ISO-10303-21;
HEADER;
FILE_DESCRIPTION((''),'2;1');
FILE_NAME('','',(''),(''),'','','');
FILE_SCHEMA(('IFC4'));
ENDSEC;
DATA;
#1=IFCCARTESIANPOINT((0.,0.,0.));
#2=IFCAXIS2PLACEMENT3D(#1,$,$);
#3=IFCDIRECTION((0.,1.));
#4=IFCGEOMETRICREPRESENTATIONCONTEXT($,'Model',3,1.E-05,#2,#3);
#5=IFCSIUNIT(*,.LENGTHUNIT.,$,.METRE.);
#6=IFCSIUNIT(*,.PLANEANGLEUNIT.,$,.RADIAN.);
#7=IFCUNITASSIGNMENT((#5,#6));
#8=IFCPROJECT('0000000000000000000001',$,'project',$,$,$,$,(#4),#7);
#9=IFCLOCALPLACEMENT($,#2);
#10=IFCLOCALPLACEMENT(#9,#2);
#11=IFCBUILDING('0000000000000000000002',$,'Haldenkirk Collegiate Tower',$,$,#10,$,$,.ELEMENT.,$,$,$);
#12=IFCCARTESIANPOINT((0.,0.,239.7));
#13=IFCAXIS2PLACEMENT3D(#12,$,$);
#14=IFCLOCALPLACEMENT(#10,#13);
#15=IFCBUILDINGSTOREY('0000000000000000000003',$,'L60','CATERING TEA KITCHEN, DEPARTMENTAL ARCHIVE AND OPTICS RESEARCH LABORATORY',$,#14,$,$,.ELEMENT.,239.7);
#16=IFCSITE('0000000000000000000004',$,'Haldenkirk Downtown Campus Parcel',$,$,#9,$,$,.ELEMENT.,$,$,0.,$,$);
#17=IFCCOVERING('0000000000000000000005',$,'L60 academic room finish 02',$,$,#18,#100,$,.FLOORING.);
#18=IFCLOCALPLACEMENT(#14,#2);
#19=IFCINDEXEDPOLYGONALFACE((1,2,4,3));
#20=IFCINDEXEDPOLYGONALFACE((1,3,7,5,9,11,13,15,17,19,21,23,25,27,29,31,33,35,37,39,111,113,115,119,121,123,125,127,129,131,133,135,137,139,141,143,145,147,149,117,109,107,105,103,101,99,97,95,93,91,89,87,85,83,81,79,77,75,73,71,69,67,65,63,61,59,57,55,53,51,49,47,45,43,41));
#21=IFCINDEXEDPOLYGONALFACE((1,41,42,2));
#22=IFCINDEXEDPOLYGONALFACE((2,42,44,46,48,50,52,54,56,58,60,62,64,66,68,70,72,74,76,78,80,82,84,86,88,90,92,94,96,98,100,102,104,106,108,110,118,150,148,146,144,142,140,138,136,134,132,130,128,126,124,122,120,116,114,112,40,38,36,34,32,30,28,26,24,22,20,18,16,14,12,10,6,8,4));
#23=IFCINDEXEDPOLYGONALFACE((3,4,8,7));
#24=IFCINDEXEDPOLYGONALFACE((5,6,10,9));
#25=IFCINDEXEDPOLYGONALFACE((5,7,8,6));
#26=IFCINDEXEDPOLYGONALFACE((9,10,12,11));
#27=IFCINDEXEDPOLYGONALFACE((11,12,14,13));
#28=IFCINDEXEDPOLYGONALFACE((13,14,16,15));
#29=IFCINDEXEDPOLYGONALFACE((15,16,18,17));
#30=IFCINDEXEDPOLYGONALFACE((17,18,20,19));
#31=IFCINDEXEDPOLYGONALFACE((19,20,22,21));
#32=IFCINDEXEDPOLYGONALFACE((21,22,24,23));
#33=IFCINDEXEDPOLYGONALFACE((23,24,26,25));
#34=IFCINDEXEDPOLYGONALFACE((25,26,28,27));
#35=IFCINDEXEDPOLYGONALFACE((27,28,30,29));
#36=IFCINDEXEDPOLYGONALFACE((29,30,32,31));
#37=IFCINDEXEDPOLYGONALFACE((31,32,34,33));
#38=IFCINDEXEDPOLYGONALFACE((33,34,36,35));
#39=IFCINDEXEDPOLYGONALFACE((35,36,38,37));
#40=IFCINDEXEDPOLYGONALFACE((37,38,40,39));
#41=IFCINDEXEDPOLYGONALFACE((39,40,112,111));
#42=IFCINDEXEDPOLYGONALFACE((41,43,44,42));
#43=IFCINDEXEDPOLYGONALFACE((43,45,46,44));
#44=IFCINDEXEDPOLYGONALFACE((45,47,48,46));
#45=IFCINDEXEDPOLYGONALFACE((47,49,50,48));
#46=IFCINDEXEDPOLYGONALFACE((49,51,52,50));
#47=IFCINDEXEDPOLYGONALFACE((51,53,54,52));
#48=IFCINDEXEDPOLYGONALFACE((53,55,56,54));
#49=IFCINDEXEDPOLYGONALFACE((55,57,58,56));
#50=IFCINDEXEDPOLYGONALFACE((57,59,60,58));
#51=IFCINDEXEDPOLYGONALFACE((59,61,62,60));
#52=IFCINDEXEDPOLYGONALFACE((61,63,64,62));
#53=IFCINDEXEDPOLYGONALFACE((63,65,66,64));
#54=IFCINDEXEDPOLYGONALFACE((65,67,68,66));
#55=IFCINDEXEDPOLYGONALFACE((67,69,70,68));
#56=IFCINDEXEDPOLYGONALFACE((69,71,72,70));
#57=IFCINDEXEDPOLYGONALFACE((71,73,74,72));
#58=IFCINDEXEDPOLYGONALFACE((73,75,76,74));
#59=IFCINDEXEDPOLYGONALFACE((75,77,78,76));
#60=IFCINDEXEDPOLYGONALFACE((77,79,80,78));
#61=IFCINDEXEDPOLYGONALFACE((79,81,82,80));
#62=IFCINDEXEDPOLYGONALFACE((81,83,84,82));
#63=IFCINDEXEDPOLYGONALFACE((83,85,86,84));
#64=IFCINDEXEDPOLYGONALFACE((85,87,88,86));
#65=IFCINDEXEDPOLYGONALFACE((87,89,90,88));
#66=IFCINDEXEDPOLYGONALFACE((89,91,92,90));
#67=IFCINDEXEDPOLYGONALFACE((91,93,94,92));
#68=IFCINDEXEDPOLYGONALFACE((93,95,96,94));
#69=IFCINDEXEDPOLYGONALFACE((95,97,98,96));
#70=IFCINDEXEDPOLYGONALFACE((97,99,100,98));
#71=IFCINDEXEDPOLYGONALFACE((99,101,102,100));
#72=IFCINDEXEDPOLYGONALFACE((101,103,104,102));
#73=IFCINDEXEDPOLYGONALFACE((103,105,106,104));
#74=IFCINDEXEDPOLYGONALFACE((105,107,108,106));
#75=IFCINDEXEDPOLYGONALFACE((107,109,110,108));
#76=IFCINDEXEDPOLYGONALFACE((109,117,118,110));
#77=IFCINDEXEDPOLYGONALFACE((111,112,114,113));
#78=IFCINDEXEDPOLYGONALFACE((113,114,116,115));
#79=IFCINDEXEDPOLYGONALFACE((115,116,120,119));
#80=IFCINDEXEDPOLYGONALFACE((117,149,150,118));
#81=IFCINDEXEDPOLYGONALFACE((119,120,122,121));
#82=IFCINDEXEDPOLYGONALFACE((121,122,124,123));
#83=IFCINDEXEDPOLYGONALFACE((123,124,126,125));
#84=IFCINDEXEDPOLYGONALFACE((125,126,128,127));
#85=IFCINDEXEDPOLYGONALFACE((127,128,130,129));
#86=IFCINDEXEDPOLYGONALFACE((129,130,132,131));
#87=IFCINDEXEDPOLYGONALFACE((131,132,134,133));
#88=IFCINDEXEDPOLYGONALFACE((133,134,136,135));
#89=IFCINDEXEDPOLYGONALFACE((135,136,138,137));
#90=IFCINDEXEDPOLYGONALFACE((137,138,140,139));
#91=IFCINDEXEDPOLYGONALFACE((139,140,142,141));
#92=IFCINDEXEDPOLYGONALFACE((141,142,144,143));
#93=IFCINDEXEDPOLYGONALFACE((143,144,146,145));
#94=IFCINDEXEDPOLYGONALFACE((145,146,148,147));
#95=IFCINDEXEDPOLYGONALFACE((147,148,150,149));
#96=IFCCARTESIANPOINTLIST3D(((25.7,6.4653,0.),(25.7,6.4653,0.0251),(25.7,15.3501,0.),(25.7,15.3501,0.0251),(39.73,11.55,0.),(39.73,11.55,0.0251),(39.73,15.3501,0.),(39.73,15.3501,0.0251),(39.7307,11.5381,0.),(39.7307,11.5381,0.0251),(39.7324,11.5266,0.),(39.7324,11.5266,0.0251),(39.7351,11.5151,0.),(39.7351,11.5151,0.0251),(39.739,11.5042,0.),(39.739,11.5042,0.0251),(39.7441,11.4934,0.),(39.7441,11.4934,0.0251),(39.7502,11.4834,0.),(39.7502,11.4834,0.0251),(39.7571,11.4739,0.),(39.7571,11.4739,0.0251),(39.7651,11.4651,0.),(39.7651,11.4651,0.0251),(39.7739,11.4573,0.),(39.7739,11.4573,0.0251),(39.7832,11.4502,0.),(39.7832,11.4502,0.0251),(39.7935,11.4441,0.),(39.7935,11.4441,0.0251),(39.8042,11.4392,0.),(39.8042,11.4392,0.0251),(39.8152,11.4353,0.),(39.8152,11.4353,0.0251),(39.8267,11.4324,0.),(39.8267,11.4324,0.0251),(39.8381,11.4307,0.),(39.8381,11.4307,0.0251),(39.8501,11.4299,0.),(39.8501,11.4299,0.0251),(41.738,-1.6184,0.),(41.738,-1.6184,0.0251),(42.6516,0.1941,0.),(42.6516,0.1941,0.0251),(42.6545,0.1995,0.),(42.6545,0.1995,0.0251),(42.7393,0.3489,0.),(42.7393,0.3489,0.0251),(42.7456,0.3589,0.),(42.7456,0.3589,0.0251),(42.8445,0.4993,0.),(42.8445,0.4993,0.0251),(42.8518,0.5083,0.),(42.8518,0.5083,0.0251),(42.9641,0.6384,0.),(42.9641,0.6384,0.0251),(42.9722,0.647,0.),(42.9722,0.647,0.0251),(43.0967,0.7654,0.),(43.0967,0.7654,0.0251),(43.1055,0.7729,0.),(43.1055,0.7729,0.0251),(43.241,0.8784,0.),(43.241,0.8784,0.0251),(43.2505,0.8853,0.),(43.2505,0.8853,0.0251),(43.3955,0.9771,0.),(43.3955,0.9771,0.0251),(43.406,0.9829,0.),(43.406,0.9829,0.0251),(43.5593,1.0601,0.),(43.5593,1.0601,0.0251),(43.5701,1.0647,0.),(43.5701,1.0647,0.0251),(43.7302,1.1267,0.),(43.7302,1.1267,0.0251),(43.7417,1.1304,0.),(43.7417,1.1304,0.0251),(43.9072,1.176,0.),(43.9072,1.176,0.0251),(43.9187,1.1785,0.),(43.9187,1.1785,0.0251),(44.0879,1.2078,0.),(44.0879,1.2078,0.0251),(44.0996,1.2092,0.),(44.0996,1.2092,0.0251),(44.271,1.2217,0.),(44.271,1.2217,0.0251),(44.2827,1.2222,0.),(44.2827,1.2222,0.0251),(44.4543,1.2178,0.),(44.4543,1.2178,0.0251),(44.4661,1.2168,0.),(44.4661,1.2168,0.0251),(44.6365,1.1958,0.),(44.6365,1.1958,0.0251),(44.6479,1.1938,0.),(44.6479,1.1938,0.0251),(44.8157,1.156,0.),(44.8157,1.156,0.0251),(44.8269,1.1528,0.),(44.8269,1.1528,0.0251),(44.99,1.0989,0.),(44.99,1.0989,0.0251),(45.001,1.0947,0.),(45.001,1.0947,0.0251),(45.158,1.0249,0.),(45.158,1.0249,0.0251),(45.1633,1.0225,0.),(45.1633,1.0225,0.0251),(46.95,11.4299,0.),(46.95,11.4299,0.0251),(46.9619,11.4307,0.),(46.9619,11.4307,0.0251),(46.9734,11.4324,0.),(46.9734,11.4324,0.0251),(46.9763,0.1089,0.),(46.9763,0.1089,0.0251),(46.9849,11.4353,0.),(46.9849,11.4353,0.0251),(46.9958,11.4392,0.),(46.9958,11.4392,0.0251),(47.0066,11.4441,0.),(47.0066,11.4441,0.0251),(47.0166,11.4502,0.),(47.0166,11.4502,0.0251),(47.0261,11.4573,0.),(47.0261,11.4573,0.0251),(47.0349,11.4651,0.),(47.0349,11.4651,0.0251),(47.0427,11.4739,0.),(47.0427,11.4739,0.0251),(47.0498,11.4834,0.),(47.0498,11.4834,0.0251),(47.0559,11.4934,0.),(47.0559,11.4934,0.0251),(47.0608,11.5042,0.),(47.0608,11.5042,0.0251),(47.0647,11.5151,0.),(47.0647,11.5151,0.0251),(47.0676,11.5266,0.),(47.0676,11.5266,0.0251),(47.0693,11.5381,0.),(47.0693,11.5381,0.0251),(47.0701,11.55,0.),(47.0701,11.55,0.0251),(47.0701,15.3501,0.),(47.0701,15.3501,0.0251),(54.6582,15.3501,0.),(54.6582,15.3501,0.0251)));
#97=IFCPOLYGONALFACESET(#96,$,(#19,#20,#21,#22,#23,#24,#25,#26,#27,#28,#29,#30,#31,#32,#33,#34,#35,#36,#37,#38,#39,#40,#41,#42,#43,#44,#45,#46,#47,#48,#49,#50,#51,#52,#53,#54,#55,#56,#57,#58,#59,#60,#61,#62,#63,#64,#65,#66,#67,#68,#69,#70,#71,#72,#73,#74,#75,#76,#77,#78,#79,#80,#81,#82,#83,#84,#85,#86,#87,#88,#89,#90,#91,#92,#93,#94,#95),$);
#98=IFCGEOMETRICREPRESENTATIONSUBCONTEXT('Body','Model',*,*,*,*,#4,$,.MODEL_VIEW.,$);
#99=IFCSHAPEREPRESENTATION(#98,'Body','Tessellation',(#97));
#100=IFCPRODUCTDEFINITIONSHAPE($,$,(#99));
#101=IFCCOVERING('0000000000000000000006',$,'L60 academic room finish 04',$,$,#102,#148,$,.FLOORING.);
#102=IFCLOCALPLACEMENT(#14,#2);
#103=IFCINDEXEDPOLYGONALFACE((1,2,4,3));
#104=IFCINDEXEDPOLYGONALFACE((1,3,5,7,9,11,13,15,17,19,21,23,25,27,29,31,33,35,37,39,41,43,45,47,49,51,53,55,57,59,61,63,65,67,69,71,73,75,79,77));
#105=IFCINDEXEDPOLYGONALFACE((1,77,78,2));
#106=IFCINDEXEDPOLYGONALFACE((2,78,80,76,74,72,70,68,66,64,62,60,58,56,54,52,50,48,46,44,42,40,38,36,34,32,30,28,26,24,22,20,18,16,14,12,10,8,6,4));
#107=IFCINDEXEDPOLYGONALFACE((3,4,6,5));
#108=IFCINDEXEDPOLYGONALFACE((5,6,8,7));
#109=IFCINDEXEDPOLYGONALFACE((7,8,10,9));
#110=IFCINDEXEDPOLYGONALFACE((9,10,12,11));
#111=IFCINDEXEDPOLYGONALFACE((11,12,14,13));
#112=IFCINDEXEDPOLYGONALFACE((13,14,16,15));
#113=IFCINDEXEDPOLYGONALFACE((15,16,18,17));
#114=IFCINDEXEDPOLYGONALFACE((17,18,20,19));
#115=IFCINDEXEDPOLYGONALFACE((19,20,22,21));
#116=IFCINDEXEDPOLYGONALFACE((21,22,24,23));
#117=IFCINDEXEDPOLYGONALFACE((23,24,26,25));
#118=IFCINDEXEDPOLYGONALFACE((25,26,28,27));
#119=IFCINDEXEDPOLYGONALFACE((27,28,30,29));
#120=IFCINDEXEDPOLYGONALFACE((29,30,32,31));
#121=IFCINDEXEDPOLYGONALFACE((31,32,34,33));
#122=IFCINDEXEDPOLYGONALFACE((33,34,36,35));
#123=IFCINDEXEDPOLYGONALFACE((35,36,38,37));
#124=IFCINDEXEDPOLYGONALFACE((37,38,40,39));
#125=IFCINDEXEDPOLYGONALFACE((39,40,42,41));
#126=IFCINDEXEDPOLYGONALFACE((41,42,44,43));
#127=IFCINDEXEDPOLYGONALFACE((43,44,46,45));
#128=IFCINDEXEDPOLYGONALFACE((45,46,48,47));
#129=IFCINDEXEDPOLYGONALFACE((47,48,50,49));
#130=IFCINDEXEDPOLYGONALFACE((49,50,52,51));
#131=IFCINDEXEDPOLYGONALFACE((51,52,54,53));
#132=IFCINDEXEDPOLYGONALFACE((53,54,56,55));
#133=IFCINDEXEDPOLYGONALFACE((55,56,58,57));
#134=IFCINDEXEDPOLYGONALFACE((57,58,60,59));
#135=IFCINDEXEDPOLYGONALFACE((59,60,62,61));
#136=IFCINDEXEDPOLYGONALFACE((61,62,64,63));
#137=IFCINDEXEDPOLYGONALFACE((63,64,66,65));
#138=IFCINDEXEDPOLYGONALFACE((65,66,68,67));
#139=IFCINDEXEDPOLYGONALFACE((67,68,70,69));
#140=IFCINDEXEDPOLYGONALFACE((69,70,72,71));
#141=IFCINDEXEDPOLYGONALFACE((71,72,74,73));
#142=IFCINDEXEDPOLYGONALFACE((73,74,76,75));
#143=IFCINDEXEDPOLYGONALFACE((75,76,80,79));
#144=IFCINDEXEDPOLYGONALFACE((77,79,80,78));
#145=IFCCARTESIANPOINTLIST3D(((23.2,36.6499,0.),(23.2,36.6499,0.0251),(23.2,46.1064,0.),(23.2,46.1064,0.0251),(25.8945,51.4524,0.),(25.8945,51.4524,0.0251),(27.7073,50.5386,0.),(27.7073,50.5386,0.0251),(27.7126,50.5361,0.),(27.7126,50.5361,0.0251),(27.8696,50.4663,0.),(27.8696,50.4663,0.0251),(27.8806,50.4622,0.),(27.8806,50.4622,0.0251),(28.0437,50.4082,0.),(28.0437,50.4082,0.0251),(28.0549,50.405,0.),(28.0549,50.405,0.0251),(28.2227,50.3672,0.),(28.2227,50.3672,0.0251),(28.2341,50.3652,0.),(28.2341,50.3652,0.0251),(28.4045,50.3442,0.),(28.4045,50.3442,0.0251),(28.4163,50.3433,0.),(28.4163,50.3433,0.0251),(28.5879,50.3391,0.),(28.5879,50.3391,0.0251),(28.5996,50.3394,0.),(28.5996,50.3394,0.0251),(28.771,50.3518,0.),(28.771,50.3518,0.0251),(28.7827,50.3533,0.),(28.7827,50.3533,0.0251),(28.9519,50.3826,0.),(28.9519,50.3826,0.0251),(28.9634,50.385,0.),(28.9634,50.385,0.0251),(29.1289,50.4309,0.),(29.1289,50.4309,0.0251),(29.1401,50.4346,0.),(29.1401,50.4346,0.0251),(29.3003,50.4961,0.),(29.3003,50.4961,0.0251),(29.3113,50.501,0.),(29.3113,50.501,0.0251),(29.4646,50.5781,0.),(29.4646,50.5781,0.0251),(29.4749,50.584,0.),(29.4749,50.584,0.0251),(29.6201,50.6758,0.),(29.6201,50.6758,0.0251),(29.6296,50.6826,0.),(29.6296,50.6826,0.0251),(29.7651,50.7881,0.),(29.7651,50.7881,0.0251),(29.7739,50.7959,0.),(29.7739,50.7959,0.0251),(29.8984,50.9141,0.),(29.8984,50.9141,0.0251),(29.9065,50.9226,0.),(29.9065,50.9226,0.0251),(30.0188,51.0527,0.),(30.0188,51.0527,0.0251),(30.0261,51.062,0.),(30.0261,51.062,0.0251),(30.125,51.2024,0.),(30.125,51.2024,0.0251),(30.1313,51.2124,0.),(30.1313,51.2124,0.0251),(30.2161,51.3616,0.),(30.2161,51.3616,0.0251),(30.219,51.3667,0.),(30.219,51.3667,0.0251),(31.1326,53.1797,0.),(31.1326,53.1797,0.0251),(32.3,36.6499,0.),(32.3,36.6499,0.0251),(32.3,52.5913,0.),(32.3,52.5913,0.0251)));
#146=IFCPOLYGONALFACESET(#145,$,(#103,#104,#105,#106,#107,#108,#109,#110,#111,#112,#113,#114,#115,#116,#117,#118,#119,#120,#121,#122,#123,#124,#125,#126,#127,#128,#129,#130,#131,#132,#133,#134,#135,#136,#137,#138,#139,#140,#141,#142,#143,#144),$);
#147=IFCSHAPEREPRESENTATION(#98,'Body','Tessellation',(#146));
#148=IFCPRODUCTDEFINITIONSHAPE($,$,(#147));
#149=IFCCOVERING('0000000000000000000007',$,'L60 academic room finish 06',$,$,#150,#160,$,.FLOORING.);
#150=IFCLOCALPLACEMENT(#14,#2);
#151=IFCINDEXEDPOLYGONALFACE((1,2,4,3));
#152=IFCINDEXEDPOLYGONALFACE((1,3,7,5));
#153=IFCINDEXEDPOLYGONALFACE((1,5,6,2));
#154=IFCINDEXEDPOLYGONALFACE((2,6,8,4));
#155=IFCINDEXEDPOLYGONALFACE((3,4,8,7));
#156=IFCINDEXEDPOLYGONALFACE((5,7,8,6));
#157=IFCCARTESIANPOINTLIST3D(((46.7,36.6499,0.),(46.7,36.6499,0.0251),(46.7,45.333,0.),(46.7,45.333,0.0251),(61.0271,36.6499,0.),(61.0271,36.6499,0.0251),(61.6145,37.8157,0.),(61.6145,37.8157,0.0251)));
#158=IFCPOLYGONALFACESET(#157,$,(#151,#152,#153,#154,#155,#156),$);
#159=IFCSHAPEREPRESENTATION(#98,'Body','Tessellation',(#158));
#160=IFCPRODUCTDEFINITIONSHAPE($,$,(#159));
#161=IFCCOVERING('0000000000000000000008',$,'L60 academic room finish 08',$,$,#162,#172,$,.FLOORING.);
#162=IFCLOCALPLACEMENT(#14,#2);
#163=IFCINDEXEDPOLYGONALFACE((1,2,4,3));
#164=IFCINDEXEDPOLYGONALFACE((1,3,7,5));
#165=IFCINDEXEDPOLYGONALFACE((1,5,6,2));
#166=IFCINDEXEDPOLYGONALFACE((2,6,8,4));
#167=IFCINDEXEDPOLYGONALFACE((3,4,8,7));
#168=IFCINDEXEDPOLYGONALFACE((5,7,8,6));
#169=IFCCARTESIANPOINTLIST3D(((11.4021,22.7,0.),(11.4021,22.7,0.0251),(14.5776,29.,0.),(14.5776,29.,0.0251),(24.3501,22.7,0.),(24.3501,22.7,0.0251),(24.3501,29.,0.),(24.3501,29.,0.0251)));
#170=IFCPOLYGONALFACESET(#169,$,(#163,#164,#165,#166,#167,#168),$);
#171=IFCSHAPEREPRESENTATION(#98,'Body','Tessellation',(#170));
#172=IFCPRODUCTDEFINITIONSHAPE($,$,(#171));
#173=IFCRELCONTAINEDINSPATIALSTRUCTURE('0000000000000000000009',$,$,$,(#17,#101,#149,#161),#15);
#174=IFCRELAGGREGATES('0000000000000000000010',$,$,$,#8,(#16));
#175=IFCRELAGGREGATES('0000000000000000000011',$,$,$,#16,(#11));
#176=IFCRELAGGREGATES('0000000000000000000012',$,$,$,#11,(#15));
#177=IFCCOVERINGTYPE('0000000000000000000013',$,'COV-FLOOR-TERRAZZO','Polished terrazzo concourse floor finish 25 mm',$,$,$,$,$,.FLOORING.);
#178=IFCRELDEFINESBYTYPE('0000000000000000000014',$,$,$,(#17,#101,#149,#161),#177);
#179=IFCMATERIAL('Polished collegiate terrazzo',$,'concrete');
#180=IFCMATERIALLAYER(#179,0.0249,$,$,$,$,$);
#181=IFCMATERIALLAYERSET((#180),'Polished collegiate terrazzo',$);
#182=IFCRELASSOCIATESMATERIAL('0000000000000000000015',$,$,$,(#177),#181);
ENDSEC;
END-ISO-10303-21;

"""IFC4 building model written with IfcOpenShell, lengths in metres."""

from ifc_helpers import new_model, si_unit, direction, frame, origin, place, context, subcontext, project, spatial, polyline, outline, extrude, material, layer, layer_set, type_object, element, save


model = new_model("IFC4")

# Units and contexts
model_context = context("Model", 3, precision=1e-05, world=origin(), true_north=direction((0.0, 1.0)))
body_context = subcontext(model_context, "Body", "Model", "MODEL_VIEW")
ifc_project = project(units=[si_unit("LENGTHUNIT", "METRE"), si_unit("PLANEANGLEUNIT", "RADIAN")], contexts=[model_context])

# Site, building, storey
site_placement = place(None, origin())
site = spatial("IfcSite", under=ifc_project, at=site_placement, Name="Haldenkirk Downtown Campus Parcel", CompositionType="ELEMENT", RefElevation=0.0)
building_placement = place(site_placement, origin())
building = spatial("IfcBuilding", under=site, at=building_placement, Name="Haldenkirk Collegiate Tower", CompositionType="ELEMENT")
storey_placement = place(building_placement, frame((0.0, 0.0, 239.7)))
storey = spatial("IfcBuildingStorey", under=building, at=storey_placement, Name="L60", Description="CATERING TEA KITCHEN, DEPARTMENTAL ARCHIVE AND OPTICS RESEARCH LABORATORY", CompositionType="ELEMENT", Elevation=239.7)

# Coverings
ifc_material_1 = material(Name="Polished collegiate terrazzo", Category="concrete")
ifc_layer_1 = layer(ifc_material_1, 0.0249)
ifc_layer_set_1 = layer_set([ifc_layer_1], Name="Polished collegiate terrazzo")
covering_type_1 = type_object("IfcCoveringType", Name="COV-FLOOR-TERRAZZO", Description="Polished terrazzo concourse floor finish 25 mm", PredefinedType="FLOORING", material=ifc_layer_set_1)
covering_1_placement = place(storey_placement, origin())
element("IfcCovering", 1, at=covering_1_placement, inside=storey, type_object=covering_type_1, Name="L60 academic room finish 02", PredefinedType="FLOORING", context=body_context, shape_type="SweptSolid", body=[
    extrude(outline(polyline([(44.4661, 1.2168), (44.4543, 1.2178), (44.2827, 1.2222), (44.271, 1.2217), (44.0996, 1.2092), (44.0879, 1.2078), (43.9187, 1.1785), (43.9072, 1.176), (43.7417, 1.1304), (43.7302, 1.1267), (43.5701, 1.0647), (43.5593, 1.0601), (43.406, 0.9829), (43.3955, 0.9771), (43.2505, 0.8853), (43.241, 0.8784), (43.1055, 0.7729), (43.0967, 0.7654), (42.9722, 0.647), (42.9641, 0.6384), (42.8518, 0.5083), (42.8445, 0.4993), (42.7456, 0.3589), (42.7393, 0.3489), (42.6545, 0.1995), (42.6516, 0.1941), (41.738, -1.6184), (25.7, 6.4653), (25.7, 15.3501), (39.73, 15.3501), (39.73, 11.55), (39.7307, 11.5381), (39.7324, 11.5266), (39.7351, 11.5151), (39.739, 11.5042), (39.7441, 11.4934), (39.7502, 11.4834), (39.7571, 11.4739), (39.7651, 11.4651), (39.7739, 11.4573), (39.7832, 11.4502), (39.7935, 11.4441), (39.8042, 11.4392), (39.8152, 11.4353), (39.8267, 11.4324), (39.8381, 11.4307), (39.8501, 11.4299), (46.95, 11.4299), (46.9619, 11.4307), (46.9734, 11.4324), (46.9849, 11.4353), (46.9958, 11.4392), (47.0066, 11.4441), (47.0166, 11.4502), (47.0261, 11.4573), (47.0349, 11.4651), (47.0427, 11.4739), (47.0498, 11.4834), (47.0559, 11.4934), (47.0608, 11.5042), (47.0647, 11.5151), (47.0676, 11.5266), (47.0693, 11.5381), (47.0701, 11.55), (47.0701, 15.3501), (54.6582, 15.3501), (46.9763, 0.1089), (45.1633, 1.0225), (45.158, 1.0249), (45.001, 1.0947), (44.99, 1.0989), (44.8269, 1.1528), (44.8157, 1.156), (44.6479, 1.1938), (44.6365, 1.1958), (44.4661, 1.2168)])), origin(), (0.0, 0.0, 1.0), 0.0251),
])
covering_2_placement = place(storey_placement, origin())
element("IfcCovering", 2, at=covering_2_placement, inside=storey, type_object=covering_type_1, Name="L60 academic room finish 04", PredefinedType="FLOORING", context=body_context, shape_type="SweptSolid", body=[
    extrude(outline(polyline([(25.8945, 51.4524), (27.7073, 50.5386), (27.7126, 50.5361), (27.8696, 50.4663), (27.8806, 50.4622), (28.0437, 50.4082), (28.0549, 50.405), (28.2227, 50.3672), (28.2341, 50.3652), (28.4045, 50.3442), (28.4163, 50.3433), (28.5879, 50.3391), (28.5996, 50.3394), (28.771, 50.3518), (28.7827, 50.3533), (28.9519, 50.3826), (28.9634, 50.385), (29.1289, 50.4309), (29.1401, 50.4346), (29.3003, 50.4961), (29.3113, 50.501), (29.4646, 50.5781), (29.4749, 50.584), (29.6201, 50.6758), (29.6296, 50.6826), (29.7651, 50.7881), (29.7739, 50.7959), (29.8984, 50.9141), (29.9065, 50.9226), (30.0188, 51.0527), (30.0261, 51.062), (30.125, 51.2024), (30.1313, 51.2124), (30.2161, 51.3616), (30.219, 51.3667), (31.1326, 53.1797), (32.3, 52.5913), (32.3, 36.6499), (23.2, 36.6499), (23.2, 46.1064), (25.8945, 51.4524)])), origin(), (0.0, 0.0, 1.0), 0.0251),
])
covering_3_placement = place(storey_placement, origin())
element("IfcCovering", 3, at=covering_3_placement, inside=storey, type_object=covering_type_1, Name="L60 academic room finish 06", PredefinedType="FLOORING", context=body_context, shape_type="SweptSolid", body=[
    extrude(outline(polyline([(61.6145, 37.8157), (61.0271, 36.6499), (46.7, 36.6499), (46.7, 45.333), (61.6145, 37.8157)])), origin(), (0.0, 0.0, 1.0), 0.0251),
])
covering_4_placement = place(storey_placement, origin())
element("IfcCovering", 4, at=covering_4_placement, inside=storey, type_object=covering_type_1, Name="L60 academic room finish 08", PredefinedType="FLOORING", context=body_context, shape_type="SweptSolid", body=[
    extrude(outline(polyline([(14.5776, 29.0), (24.3501, 29.0), (24.3501, 22.7), (11.4021, 22.7), (14.5776, 29.0)])), origin(), (0.0, 0.0, 1.0), 0.0251),
])

save(model, "model.ifc")
